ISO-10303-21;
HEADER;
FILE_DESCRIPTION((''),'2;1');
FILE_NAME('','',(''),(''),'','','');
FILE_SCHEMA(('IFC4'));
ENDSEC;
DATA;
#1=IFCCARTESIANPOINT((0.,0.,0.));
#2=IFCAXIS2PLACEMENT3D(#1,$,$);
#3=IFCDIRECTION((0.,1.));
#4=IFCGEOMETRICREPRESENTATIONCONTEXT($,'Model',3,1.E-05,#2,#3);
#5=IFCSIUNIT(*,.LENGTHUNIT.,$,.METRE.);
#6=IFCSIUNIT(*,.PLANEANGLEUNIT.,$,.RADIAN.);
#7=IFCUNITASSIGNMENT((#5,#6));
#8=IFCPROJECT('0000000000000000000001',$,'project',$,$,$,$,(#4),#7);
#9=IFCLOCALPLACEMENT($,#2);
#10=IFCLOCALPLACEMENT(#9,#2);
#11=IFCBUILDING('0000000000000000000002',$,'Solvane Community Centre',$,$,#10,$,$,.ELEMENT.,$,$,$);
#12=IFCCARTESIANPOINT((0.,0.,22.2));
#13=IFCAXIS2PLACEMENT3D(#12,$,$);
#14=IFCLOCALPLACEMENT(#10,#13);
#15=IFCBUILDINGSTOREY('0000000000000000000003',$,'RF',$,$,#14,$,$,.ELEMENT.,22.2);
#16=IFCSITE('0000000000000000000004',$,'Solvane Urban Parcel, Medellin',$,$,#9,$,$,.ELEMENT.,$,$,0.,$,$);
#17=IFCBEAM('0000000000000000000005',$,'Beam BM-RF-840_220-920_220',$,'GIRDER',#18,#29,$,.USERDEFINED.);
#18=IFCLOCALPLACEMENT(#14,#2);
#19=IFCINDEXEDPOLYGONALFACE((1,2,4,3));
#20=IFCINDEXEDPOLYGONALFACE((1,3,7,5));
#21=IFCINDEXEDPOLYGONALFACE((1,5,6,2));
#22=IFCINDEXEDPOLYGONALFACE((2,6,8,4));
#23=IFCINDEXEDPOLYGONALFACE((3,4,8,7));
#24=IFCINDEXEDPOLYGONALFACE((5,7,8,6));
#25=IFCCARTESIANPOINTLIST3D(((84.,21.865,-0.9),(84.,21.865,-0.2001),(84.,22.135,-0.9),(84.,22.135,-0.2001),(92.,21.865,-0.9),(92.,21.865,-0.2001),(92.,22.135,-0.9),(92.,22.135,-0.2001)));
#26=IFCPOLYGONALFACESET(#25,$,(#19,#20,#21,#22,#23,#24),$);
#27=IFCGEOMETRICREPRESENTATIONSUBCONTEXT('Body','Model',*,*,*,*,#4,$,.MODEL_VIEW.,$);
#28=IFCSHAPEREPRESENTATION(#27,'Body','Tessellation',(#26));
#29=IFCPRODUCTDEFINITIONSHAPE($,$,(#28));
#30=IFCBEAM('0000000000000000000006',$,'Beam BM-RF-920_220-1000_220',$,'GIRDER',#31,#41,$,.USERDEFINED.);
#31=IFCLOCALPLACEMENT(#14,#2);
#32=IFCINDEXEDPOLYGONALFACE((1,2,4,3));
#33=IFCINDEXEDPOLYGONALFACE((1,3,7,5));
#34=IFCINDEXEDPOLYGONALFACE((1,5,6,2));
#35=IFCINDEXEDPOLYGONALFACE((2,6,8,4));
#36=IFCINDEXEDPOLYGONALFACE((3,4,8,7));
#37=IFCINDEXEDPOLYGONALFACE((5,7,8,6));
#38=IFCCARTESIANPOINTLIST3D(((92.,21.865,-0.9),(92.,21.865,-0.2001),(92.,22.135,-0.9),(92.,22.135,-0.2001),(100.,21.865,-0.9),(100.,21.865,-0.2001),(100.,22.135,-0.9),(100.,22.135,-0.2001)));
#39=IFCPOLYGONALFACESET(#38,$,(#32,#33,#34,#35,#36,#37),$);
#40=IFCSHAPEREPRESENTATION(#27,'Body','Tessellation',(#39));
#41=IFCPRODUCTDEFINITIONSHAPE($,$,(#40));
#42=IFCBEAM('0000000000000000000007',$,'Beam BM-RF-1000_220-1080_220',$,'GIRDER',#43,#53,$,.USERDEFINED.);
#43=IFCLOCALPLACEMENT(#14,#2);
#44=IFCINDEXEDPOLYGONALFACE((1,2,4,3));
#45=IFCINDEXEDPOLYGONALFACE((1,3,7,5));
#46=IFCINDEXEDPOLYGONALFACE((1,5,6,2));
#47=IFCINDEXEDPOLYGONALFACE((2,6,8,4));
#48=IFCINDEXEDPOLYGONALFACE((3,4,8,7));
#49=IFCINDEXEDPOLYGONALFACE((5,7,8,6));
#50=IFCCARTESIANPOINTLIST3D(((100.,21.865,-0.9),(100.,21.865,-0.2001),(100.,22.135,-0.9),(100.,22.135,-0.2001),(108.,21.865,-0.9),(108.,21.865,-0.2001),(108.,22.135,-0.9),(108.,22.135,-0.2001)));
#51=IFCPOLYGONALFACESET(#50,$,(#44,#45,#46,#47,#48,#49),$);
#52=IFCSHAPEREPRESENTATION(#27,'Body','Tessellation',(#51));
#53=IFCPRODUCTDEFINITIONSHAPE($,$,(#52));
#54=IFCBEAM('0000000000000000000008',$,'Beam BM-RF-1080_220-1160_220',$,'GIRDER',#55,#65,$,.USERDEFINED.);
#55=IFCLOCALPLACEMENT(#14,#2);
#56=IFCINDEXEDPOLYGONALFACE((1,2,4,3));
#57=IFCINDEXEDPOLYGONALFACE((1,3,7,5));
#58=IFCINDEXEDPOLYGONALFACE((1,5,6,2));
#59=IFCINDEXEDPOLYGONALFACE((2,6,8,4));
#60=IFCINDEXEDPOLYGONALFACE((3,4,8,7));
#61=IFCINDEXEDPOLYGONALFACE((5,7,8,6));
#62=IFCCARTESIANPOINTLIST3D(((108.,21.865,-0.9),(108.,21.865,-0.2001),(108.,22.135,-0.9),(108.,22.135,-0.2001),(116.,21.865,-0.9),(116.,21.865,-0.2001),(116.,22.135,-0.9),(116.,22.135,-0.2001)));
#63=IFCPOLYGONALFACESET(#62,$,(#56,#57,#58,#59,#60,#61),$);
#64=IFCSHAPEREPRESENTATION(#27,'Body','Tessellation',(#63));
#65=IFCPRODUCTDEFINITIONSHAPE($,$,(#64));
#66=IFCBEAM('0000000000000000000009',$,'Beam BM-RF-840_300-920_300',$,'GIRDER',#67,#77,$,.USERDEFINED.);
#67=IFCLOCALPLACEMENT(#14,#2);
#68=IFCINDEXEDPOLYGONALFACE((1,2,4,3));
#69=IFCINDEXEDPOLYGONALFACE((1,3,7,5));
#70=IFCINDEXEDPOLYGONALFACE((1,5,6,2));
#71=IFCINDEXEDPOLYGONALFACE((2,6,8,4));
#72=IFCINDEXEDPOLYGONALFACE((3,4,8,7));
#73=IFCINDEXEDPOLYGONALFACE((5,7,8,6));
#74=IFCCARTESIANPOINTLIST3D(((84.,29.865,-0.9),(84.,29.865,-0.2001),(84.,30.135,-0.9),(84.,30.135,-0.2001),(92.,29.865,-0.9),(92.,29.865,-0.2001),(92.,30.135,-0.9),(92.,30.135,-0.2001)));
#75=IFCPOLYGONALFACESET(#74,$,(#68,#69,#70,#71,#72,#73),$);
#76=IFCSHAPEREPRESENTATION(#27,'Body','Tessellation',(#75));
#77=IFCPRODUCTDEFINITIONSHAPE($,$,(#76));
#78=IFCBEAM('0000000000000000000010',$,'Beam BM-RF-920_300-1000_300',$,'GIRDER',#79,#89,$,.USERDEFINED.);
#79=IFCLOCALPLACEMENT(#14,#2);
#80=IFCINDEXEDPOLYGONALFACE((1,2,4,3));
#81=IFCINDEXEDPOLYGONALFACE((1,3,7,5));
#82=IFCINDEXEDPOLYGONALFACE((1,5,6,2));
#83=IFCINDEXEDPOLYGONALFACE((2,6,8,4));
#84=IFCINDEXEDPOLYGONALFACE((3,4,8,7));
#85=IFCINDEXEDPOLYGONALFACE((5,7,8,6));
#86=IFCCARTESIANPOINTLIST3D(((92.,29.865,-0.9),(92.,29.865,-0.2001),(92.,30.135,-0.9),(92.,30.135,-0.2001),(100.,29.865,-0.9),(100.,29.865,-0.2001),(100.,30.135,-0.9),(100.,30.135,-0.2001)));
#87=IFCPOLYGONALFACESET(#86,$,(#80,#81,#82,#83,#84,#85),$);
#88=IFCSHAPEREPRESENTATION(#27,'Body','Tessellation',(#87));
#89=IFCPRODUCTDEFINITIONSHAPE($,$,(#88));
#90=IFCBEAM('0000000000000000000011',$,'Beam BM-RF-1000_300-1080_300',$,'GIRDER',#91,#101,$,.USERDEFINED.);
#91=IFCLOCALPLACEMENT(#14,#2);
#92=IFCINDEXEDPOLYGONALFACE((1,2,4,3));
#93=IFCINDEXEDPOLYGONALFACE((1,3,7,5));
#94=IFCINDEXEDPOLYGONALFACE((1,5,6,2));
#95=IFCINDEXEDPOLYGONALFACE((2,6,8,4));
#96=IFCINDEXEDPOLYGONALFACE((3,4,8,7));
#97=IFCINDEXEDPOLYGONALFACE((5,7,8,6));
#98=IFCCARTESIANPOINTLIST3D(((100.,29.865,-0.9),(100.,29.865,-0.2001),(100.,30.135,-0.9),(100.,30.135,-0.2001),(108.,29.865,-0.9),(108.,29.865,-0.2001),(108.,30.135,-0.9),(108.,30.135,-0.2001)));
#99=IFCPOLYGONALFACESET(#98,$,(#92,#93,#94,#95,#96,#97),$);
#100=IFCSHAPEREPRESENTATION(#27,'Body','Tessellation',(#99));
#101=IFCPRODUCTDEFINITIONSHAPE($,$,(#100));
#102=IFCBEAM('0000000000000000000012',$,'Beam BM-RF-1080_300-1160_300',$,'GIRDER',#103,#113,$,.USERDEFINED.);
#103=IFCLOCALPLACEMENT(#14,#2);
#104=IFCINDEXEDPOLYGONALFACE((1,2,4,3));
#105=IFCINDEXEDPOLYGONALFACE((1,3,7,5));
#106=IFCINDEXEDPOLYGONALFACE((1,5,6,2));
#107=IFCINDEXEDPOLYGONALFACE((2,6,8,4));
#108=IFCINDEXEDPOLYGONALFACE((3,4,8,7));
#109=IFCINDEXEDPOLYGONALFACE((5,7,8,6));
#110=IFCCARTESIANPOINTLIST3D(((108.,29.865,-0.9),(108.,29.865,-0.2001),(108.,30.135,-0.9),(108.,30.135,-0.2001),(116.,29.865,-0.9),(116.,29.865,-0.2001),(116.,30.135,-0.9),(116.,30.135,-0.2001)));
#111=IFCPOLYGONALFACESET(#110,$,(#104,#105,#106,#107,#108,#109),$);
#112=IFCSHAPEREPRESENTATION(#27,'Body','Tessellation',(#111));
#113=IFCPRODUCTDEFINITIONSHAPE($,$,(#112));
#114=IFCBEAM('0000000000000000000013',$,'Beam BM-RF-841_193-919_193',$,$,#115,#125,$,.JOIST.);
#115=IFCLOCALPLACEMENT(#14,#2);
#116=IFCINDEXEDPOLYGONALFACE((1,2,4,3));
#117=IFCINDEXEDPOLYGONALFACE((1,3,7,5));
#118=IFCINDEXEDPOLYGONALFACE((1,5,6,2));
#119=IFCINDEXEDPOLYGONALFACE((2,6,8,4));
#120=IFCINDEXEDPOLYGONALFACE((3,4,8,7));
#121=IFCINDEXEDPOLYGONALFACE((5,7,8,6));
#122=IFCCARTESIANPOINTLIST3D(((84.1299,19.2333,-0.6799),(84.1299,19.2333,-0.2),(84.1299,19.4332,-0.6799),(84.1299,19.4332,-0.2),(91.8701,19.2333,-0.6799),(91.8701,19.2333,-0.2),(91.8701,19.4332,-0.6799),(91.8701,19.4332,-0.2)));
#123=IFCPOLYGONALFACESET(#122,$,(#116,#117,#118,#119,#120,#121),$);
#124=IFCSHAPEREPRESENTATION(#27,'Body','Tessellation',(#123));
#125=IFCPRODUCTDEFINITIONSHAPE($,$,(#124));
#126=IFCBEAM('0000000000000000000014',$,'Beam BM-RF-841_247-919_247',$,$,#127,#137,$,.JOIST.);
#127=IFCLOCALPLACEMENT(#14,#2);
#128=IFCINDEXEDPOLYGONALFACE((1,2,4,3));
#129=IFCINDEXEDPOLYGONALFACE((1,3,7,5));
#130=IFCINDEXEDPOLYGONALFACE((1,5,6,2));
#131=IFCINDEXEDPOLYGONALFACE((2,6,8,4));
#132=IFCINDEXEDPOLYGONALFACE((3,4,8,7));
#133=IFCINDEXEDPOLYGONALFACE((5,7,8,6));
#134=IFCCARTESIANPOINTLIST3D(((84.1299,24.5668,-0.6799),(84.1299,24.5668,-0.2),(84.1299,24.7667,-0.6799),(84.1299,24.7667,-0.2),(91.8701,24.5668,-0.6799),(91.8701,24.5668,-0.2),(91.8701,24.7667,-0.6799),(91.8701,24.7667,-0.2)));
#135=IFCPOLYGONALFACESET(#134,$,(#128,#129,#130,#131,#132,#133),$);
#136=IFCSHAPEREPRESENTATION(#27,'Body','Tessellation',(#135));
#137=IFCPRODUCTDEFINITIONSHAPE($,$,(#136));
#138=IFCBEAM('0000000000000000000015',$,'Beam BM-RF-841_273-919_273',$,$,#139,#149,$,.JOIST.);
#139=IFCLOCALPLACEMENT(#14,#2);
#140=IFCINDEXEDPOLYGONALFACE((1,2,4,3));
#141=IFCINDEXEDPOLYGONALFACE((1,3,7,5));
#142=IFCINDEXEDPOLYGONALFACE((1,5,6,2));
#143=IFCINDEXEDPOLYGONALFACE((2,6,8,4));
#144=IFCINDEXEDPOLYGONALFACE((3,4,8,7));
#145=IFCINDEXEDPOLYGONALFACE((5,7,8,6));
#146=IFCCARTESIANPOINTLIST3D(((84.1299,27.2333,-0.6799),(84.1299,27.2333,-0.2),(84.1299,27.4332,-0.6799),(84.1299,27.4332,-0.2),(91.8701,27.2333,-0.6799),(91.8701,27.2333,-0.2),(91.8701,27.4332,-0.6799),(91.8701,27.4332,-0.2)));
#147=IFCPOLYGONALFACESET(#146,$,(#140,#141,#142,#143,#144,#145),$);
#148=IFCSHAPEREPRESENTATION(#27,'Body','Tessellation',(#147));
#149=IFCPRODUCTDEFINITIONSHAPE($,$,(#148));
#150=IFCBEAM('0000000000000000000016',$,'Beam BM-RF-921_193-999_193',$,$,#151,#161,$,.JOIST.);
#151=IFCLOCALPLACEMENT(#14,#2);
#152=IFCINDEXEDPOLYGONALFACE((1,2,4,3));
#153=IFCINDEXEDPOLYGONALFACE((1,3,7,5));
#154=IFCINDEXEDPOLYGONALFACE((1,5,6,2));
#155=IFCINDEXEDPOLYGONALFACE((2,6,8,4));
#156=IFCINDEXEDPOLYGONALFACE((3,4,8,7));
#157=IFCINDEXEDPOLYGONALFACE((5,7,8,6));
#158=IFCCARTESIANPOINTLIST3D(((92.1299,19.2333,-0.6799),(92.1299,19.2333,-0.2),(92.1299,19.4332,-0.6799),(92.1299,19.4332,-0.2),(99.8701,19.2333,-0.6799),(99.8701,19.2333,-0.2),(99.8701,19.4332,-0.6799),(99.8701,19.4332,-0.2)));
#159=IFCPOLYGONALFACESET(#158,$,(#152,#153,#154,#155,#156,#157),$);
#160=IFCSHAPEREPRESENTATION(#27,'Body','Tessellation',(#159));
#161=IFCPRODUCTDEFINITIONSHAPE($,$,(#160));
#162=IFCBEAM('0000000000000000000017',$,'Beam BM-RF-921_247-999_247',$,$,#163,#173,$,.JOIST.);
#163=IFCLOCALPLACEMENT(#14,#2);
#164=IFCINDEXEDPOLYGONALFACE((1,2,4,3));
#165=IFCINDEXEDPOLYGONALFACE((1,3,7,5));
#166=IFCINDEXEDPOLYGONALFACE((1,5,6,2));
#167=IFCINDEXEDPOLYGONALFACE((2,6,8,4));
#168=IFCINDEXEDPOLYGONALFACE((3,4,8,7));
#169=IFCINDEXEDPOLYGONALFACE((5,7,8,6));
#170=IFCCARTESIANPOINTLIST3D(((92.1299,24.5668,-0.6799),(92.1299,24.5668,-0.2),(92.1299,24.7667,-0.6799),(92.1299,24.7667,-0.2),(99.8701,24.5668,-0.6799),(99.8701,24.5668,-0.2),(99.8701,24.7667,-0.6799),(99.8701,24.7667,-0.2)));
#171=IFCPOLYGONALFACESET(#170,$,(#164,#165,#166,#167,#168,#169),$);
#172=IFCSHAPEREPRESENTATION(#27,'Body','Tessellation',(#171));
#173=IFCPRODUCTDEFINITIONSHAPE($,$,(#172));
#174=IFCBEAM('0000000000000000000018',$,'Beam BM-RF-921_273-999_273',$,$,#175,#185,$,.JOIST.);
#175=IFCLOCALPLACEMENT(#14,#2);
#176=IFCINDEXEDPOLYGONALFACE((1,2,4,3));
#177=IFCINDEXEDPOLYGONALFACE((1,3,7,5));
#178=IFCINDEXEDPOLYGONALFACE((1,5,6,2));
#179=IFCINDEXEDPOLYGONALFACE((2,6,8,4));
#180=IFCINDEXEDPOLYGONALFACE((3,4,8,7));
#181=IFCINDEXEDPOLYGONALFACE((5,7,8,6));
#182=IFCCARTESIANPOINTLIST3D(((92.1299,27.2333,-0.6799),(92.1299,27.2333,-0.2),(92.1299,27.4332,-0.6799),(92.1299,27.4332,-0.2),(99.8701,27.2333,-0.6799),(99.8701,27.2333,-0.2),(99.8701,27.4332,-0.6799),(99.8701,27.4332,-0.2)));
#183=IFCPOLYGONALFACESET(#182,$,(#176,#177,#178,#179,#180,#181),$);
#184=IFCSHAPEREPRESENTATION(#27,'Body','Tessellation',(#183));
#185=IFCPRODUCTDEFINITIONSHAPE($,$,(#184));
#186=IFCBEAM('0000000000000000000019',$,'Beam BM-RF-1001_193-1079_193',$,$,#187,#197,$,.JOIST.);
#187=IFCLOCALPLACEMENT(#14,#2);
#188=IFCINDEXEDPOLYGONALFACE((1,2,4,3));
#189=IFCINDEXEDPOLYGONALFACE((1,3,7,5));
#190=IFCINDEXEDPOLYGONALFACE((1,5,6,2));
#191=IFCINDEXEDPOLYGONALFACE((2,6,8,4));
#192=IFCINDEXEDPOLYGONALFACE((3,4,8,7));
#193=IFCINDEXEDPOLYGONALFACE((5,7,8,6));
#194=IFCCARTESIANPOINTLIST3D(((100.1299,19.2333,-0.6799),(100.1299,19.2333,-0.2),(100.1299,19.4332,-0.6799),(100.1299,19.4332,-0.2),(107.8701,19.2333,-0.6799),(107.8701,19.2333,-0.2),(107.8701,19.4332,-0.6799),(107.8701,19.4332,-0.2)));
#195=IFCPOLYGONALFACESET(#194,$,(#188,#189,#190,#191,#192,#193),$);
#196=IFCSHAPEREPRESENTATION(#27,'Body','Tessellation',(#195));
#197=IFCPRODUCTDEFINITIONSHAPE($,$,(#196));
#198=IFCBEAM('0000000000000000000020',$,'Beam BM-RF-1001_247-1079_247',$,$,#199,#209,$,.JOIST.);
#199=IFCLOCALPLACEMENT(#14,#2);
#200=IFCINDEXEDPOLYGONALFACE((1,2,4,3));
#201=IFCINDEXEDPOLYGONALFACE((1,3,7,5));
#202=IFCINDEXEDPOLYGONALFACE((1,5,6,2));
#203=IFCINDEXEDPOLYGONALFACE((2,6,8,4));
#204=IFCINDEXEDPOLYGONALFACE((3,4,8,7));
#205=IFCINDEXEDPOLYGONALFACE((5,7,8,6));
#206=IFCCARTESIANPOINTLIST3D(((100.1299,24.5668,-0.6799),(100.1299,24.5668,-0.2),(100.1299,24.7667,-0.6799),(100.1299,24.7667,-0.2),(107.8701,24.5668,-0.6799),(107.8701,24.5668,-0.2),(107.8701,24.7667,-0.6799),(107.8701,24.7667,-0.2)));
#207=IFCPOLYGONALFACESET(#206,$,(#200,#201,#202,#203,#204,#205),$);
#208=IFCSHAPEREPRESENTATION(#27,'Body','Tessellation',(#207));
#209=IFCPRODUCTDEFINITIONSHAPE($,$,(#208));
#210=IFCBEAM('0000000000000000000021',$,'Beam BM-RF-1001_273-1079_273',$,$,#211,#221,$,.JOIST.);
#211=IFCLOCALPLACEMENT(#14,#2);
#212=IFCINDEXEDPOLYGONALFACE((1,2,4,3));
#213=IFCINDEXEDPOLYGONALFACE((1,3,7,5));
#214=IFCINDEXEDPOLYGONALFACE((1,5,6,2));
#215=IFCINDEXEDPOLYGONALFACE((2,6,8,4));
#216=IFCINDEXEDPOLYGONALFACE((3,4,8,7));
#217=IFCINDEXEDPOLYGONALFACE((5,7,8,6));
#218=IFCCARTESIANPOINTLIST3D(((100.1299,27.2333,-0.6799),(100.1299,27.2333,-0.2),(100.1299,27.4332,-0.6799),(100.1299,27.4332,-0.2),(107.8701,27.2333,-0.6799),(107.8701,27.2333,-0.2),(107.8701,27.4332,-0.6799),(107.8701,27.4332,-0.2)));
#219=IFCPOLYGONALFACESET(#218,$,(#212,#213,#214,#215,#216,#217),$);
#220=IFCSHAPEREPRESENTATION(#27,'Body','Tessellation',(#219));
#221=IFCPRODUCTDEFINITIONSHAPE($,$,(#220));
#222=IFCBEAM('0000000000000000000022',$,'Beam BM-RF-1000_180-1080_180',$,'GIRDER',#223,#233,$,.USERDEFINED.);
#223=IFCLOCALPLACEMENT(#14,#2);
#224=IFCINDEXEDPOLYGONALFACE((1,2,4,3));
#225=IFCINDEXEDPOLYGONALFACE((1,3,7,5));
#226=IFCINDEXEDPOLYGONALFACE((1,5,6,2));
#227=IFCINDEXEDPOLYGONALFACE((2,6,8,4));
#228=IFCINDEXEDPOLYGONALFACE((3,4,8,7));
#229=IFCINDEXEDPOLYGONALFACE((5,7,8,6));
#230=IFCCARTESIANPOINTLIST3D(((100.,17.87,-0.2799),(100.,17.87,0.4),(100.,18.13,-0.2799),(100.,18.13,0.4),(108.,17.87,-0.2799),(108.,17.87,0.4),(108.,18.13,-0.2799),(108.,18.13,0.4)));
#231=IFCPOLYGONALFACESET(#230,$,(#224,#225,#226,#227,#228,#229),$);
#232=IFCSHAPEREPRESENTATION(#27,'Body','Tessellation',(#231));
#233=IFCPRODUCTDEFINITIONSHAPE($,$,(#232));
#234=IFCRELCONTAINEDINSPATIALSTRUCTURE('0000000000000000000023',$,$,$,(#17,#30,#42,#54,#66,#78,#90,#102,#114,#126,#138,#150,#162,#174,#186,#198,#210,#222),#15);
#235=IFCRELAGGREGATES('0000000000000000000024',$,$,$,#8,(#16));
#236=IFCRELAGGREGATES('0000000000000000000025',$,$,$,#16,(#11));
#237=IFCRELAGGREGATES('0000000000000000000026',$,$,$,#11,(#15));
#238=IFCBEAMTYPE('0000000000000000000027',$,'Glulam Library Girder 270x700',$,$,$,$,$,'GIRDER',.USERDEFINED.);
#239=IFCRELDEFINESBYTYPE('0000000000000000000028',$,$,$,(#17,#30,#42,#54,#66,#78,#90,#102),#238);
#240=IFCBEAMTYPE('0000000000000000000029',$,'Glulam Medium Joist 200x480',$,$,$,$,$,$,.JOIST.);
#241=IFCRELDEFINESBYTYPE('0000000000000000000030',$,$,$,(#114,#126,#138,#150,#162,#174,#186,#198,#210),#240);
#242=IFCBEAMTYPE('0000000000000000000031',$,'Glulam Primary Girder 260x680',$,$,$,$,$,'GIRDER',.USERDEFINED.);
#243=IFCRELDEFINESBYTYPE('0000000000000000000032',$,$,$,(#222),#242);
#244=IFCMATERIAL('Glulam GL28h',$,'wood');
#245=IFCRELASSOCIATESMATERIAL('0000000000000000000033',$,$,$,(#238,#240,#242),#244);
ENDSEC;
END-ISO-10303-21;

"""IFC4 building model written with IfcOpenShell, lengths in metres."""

from ifc_helpers import new_model, si_unit, direction, frame, origin, origin_2d, place, context, subcontext, project, spatial, rectangle, extrude, material, material_profile, profile_set, type_object, element, save


model = new_model("IFC4")

# Units and contexts
model_context = context("Model", 3, precision=1e-05, world=origin(), true_north=direction((0.0, 1.0)))
body_context = subcontext(model_context, "Body", "Model", "MODEL_VIEW")
ifc_project = project(units=[si_unit("LENGTHUNIT", "METRE"), si_unit("PLANEANGLEUNIT", "RADIAN")], contexts=[model_context])

# Site, building, storey
site_placement = place(None, origin())
site = spatial("IfcSite", under=ifc_project, at=site_placement, Name="Solvane Urban Parcel, Medellin", CompositionType="ELEMENT", RefElevation=0.0)
building_placement = place(site_placement, origin())
building = spatial("IfcBuilding", under=site, at=building_placement, Name="Solvane Community Centre", CompositionType="ELEMENT")
storey_placement = place(building_placement, frame((0.0, 0.0, 22.2)))
storey = spatial("IfcBuildingStorey", under=building, at=storey_placement, Name="RF", CompositionType="ELEMENT", Elevation=22.2)

# Beams
ifc_material_1 = material(Name="Glulam GL28h", Category="wood")
ifc_material_profile_1 = material_profile(ifc_material_1, rectangle(XDim=0.27, YDim=0.7, at=origin_2d()), Name="GL28h 270x700")
ifc_profile_set_1 = profile_set([ifc_material_profile_1], Name="Glulam GL28h")
beam_type_1 = type_object("IfcBeamType", Name="Glulam Library Girder 270x700", ElementType="GIRDER", PredefinedType="USERDEFINED", material=ifc_profile_set_1)
for number, where, z_axis, x_axis, name in (
    (1, (84.0, 22.0, -0.55), (1.0, 0.0, 0.0), (0.0, 1.0, 0.0), "Beam BM-RF-840_220-920_220"),
    (2, (92.0, 22.0, -0.55), (1.0, 0.0, 0.0), (0.0, 1.0, 0.0), "Beam BM-RF-920_220-1000_220"),
    (3, (100.0, 22.0, -0.55), (1.0, 0.0, 0.0), (0.0, 1.0, 0.0), "Beam BM-RF-1000_220-1080_220"),
    (4, (108.0, 22.0, -0.55), (1.0, 0.0, 0.0), (0.0, 1.0, 0.0), "Beam BM-RF-1080_220-1160_220"),
    (5, (84.0, 30.0, -0.55), (1.0, 0.0, 0.0), (0.0, 1.0, 0.0), "Beam BM-RF-840_300-920_300"),
    (6, (92.0, 30.0, -0.55), (1.0, 0.0, 0.0), (0.0, 1.0, 0.0), "Beam BM-RF-920_300-1000_300"),
    (7, (100.0, 30.0, -0.55), (1.0, 0.0, 0.0), (0.0, 1.0, 0.0), "Beam BM-RF-1000_300-1080_300"),
    (8, (108.0, 30.0, -0.55), (1.0, 0.0, 0.0), (0.0, 1.0, 0.0), "Beam BM-RF-1080_300-1160_300"),
):
    element("IfcBeam", number, at=place(storey_placement, frame(where, z_axis=z_axis, x_axis=x_axis)), inside=storey, type_object=beam_type_1, Name=name, ObjectType="GIRDER", PredefinedType="USERDEFINED", context=body_context, shape_type="SweptSolid", body=[
        extrude(rectangle(XDim=0.27, YDim=0.7, at=origin_2d()), origin(), (0.0, 0.0, 1.0), 8.0),
    ])
ifc_material_profile_2 = material_profile(ifc_material_1, rectangle(XDim=0.2, YDim=0.48, at=origin_2d()), Name="GL28h 200x480")
ifc_profile_set_2 = profile_set([ifc_material_profile_2], Name="Glulam GL28h")
beam_type_2 = type_object("IfcBeamType", Name="Glulam Medium Joist 200x480", PredefinedType="JOIST", material=ifc_profile_set_2)
for number, where, z_axis, x_axis, name in (
    (9, (84.1299, 19.3333, -0.4399), (1.0, 0.0, 0.0), (0.0, 1.0, 0.0), "Beam BM-RF-841_193-919_193"),
    (10, (84.1299, 24.6667, -0.4399), (1.0, 0.0, 0.0), (0.0, 1.0, 0.0), "Beam BM-RF-841_247-919_247"),
    (11, (84.1299, 27.3333, -0.4399), (1.0, 0.0, 0.0), (0.0, 1.0, 0.0), "Beam BM-RF-841_273-919_273"),
    (12, (92.1299, 19.3333, -0.4399), (1.0, 0.0, 0.0), (0.0, 1.0, 0.0), "Beam BM-RF-921_193-999_193"),
    (13, (92.1299, 24.6667, -0.4399), (1.0, 0.0, 0.0), (0.0, 1.0, 0.0), "Beam BM-RF-921_247-999_247"),
    (14, (92.1299, 27.3333, -0.4399), (1.0, 0.0, 0.0), (0.0, 1.0, 0.0), "Beam BM-RF-921_273-999_273"),
    (15, (100.1299, 19.3333, -0.4399), (1.0, 0.0, 0.0), (0.0, 1.0, 0.0), "Beam BM-RF-1001_193-1079_193"),
    (16, (100.1299, 24.6667, -0.4399), (1.0, 0.0, 0.0), (0.0, 1.0, 0.0), "Beam BM-RF-1001_247-1079_247"),
    (17, (100.1299, 27.3333, -0.4399), (1.0, 0.0, 0.0), (0.0, 1.0, 0.0), "Beam BM-RF-1001_273-1079_273"),
):
    element("IfcBeam", number, at=place(storey_placement, frame(where, z_axis=z_axis, x_axis=x_axis)), inside=storey, type_object=beam_type_2, Name=name, PredefinedType="JOIST", context=body_context, shape_type="SweptSolid", body=[
        extrude(rectangle(XDim=0.2, YDim=0.48, at=origin_2d()), origin(), (0.0, 0.0, 1.0), 7.7402),
    ])
ifc_material_profile_3 = material_profile(ifc_material_1, rectangle(XDim=0.26, YDim=0.6799, at=origin_2d()), Name="GL28h 260x680")
ifc_profile_set_3 = profile_set([ifc_material_profile_3], Name="Glulam GL28h")
beam_type_3 = type_object("IfcBeamType", Name="Glulam Primary Girder 260x680", ElementType="GIRDER", PredefinedType="USERDEFINED", material=ifc_profile_set_3)
beam_placement = place(storey_placement, frame((100.0, 18.0, 0.0601), z_axis=(1.0, 0.0, 0.0), x_axis=(0.0, 1.0, 0.0)))
element("IfcBeam", 18, at=beam_placement, inside=storey, type_object=beam_type_3, Name="Beam BM-RF-1000_180-1080_180", ObjectType="GIRDER", PredefinedType="USERDEFINED", context=body_context, shape_type="SweptSolid", body=[
    extrude(rectangle(XDim=0.26, YDim=0.6799, at=origin_2d()), origin(), (0.0, 0.0, 1.0), 8.0),
])

save(model, "model.ifc")
